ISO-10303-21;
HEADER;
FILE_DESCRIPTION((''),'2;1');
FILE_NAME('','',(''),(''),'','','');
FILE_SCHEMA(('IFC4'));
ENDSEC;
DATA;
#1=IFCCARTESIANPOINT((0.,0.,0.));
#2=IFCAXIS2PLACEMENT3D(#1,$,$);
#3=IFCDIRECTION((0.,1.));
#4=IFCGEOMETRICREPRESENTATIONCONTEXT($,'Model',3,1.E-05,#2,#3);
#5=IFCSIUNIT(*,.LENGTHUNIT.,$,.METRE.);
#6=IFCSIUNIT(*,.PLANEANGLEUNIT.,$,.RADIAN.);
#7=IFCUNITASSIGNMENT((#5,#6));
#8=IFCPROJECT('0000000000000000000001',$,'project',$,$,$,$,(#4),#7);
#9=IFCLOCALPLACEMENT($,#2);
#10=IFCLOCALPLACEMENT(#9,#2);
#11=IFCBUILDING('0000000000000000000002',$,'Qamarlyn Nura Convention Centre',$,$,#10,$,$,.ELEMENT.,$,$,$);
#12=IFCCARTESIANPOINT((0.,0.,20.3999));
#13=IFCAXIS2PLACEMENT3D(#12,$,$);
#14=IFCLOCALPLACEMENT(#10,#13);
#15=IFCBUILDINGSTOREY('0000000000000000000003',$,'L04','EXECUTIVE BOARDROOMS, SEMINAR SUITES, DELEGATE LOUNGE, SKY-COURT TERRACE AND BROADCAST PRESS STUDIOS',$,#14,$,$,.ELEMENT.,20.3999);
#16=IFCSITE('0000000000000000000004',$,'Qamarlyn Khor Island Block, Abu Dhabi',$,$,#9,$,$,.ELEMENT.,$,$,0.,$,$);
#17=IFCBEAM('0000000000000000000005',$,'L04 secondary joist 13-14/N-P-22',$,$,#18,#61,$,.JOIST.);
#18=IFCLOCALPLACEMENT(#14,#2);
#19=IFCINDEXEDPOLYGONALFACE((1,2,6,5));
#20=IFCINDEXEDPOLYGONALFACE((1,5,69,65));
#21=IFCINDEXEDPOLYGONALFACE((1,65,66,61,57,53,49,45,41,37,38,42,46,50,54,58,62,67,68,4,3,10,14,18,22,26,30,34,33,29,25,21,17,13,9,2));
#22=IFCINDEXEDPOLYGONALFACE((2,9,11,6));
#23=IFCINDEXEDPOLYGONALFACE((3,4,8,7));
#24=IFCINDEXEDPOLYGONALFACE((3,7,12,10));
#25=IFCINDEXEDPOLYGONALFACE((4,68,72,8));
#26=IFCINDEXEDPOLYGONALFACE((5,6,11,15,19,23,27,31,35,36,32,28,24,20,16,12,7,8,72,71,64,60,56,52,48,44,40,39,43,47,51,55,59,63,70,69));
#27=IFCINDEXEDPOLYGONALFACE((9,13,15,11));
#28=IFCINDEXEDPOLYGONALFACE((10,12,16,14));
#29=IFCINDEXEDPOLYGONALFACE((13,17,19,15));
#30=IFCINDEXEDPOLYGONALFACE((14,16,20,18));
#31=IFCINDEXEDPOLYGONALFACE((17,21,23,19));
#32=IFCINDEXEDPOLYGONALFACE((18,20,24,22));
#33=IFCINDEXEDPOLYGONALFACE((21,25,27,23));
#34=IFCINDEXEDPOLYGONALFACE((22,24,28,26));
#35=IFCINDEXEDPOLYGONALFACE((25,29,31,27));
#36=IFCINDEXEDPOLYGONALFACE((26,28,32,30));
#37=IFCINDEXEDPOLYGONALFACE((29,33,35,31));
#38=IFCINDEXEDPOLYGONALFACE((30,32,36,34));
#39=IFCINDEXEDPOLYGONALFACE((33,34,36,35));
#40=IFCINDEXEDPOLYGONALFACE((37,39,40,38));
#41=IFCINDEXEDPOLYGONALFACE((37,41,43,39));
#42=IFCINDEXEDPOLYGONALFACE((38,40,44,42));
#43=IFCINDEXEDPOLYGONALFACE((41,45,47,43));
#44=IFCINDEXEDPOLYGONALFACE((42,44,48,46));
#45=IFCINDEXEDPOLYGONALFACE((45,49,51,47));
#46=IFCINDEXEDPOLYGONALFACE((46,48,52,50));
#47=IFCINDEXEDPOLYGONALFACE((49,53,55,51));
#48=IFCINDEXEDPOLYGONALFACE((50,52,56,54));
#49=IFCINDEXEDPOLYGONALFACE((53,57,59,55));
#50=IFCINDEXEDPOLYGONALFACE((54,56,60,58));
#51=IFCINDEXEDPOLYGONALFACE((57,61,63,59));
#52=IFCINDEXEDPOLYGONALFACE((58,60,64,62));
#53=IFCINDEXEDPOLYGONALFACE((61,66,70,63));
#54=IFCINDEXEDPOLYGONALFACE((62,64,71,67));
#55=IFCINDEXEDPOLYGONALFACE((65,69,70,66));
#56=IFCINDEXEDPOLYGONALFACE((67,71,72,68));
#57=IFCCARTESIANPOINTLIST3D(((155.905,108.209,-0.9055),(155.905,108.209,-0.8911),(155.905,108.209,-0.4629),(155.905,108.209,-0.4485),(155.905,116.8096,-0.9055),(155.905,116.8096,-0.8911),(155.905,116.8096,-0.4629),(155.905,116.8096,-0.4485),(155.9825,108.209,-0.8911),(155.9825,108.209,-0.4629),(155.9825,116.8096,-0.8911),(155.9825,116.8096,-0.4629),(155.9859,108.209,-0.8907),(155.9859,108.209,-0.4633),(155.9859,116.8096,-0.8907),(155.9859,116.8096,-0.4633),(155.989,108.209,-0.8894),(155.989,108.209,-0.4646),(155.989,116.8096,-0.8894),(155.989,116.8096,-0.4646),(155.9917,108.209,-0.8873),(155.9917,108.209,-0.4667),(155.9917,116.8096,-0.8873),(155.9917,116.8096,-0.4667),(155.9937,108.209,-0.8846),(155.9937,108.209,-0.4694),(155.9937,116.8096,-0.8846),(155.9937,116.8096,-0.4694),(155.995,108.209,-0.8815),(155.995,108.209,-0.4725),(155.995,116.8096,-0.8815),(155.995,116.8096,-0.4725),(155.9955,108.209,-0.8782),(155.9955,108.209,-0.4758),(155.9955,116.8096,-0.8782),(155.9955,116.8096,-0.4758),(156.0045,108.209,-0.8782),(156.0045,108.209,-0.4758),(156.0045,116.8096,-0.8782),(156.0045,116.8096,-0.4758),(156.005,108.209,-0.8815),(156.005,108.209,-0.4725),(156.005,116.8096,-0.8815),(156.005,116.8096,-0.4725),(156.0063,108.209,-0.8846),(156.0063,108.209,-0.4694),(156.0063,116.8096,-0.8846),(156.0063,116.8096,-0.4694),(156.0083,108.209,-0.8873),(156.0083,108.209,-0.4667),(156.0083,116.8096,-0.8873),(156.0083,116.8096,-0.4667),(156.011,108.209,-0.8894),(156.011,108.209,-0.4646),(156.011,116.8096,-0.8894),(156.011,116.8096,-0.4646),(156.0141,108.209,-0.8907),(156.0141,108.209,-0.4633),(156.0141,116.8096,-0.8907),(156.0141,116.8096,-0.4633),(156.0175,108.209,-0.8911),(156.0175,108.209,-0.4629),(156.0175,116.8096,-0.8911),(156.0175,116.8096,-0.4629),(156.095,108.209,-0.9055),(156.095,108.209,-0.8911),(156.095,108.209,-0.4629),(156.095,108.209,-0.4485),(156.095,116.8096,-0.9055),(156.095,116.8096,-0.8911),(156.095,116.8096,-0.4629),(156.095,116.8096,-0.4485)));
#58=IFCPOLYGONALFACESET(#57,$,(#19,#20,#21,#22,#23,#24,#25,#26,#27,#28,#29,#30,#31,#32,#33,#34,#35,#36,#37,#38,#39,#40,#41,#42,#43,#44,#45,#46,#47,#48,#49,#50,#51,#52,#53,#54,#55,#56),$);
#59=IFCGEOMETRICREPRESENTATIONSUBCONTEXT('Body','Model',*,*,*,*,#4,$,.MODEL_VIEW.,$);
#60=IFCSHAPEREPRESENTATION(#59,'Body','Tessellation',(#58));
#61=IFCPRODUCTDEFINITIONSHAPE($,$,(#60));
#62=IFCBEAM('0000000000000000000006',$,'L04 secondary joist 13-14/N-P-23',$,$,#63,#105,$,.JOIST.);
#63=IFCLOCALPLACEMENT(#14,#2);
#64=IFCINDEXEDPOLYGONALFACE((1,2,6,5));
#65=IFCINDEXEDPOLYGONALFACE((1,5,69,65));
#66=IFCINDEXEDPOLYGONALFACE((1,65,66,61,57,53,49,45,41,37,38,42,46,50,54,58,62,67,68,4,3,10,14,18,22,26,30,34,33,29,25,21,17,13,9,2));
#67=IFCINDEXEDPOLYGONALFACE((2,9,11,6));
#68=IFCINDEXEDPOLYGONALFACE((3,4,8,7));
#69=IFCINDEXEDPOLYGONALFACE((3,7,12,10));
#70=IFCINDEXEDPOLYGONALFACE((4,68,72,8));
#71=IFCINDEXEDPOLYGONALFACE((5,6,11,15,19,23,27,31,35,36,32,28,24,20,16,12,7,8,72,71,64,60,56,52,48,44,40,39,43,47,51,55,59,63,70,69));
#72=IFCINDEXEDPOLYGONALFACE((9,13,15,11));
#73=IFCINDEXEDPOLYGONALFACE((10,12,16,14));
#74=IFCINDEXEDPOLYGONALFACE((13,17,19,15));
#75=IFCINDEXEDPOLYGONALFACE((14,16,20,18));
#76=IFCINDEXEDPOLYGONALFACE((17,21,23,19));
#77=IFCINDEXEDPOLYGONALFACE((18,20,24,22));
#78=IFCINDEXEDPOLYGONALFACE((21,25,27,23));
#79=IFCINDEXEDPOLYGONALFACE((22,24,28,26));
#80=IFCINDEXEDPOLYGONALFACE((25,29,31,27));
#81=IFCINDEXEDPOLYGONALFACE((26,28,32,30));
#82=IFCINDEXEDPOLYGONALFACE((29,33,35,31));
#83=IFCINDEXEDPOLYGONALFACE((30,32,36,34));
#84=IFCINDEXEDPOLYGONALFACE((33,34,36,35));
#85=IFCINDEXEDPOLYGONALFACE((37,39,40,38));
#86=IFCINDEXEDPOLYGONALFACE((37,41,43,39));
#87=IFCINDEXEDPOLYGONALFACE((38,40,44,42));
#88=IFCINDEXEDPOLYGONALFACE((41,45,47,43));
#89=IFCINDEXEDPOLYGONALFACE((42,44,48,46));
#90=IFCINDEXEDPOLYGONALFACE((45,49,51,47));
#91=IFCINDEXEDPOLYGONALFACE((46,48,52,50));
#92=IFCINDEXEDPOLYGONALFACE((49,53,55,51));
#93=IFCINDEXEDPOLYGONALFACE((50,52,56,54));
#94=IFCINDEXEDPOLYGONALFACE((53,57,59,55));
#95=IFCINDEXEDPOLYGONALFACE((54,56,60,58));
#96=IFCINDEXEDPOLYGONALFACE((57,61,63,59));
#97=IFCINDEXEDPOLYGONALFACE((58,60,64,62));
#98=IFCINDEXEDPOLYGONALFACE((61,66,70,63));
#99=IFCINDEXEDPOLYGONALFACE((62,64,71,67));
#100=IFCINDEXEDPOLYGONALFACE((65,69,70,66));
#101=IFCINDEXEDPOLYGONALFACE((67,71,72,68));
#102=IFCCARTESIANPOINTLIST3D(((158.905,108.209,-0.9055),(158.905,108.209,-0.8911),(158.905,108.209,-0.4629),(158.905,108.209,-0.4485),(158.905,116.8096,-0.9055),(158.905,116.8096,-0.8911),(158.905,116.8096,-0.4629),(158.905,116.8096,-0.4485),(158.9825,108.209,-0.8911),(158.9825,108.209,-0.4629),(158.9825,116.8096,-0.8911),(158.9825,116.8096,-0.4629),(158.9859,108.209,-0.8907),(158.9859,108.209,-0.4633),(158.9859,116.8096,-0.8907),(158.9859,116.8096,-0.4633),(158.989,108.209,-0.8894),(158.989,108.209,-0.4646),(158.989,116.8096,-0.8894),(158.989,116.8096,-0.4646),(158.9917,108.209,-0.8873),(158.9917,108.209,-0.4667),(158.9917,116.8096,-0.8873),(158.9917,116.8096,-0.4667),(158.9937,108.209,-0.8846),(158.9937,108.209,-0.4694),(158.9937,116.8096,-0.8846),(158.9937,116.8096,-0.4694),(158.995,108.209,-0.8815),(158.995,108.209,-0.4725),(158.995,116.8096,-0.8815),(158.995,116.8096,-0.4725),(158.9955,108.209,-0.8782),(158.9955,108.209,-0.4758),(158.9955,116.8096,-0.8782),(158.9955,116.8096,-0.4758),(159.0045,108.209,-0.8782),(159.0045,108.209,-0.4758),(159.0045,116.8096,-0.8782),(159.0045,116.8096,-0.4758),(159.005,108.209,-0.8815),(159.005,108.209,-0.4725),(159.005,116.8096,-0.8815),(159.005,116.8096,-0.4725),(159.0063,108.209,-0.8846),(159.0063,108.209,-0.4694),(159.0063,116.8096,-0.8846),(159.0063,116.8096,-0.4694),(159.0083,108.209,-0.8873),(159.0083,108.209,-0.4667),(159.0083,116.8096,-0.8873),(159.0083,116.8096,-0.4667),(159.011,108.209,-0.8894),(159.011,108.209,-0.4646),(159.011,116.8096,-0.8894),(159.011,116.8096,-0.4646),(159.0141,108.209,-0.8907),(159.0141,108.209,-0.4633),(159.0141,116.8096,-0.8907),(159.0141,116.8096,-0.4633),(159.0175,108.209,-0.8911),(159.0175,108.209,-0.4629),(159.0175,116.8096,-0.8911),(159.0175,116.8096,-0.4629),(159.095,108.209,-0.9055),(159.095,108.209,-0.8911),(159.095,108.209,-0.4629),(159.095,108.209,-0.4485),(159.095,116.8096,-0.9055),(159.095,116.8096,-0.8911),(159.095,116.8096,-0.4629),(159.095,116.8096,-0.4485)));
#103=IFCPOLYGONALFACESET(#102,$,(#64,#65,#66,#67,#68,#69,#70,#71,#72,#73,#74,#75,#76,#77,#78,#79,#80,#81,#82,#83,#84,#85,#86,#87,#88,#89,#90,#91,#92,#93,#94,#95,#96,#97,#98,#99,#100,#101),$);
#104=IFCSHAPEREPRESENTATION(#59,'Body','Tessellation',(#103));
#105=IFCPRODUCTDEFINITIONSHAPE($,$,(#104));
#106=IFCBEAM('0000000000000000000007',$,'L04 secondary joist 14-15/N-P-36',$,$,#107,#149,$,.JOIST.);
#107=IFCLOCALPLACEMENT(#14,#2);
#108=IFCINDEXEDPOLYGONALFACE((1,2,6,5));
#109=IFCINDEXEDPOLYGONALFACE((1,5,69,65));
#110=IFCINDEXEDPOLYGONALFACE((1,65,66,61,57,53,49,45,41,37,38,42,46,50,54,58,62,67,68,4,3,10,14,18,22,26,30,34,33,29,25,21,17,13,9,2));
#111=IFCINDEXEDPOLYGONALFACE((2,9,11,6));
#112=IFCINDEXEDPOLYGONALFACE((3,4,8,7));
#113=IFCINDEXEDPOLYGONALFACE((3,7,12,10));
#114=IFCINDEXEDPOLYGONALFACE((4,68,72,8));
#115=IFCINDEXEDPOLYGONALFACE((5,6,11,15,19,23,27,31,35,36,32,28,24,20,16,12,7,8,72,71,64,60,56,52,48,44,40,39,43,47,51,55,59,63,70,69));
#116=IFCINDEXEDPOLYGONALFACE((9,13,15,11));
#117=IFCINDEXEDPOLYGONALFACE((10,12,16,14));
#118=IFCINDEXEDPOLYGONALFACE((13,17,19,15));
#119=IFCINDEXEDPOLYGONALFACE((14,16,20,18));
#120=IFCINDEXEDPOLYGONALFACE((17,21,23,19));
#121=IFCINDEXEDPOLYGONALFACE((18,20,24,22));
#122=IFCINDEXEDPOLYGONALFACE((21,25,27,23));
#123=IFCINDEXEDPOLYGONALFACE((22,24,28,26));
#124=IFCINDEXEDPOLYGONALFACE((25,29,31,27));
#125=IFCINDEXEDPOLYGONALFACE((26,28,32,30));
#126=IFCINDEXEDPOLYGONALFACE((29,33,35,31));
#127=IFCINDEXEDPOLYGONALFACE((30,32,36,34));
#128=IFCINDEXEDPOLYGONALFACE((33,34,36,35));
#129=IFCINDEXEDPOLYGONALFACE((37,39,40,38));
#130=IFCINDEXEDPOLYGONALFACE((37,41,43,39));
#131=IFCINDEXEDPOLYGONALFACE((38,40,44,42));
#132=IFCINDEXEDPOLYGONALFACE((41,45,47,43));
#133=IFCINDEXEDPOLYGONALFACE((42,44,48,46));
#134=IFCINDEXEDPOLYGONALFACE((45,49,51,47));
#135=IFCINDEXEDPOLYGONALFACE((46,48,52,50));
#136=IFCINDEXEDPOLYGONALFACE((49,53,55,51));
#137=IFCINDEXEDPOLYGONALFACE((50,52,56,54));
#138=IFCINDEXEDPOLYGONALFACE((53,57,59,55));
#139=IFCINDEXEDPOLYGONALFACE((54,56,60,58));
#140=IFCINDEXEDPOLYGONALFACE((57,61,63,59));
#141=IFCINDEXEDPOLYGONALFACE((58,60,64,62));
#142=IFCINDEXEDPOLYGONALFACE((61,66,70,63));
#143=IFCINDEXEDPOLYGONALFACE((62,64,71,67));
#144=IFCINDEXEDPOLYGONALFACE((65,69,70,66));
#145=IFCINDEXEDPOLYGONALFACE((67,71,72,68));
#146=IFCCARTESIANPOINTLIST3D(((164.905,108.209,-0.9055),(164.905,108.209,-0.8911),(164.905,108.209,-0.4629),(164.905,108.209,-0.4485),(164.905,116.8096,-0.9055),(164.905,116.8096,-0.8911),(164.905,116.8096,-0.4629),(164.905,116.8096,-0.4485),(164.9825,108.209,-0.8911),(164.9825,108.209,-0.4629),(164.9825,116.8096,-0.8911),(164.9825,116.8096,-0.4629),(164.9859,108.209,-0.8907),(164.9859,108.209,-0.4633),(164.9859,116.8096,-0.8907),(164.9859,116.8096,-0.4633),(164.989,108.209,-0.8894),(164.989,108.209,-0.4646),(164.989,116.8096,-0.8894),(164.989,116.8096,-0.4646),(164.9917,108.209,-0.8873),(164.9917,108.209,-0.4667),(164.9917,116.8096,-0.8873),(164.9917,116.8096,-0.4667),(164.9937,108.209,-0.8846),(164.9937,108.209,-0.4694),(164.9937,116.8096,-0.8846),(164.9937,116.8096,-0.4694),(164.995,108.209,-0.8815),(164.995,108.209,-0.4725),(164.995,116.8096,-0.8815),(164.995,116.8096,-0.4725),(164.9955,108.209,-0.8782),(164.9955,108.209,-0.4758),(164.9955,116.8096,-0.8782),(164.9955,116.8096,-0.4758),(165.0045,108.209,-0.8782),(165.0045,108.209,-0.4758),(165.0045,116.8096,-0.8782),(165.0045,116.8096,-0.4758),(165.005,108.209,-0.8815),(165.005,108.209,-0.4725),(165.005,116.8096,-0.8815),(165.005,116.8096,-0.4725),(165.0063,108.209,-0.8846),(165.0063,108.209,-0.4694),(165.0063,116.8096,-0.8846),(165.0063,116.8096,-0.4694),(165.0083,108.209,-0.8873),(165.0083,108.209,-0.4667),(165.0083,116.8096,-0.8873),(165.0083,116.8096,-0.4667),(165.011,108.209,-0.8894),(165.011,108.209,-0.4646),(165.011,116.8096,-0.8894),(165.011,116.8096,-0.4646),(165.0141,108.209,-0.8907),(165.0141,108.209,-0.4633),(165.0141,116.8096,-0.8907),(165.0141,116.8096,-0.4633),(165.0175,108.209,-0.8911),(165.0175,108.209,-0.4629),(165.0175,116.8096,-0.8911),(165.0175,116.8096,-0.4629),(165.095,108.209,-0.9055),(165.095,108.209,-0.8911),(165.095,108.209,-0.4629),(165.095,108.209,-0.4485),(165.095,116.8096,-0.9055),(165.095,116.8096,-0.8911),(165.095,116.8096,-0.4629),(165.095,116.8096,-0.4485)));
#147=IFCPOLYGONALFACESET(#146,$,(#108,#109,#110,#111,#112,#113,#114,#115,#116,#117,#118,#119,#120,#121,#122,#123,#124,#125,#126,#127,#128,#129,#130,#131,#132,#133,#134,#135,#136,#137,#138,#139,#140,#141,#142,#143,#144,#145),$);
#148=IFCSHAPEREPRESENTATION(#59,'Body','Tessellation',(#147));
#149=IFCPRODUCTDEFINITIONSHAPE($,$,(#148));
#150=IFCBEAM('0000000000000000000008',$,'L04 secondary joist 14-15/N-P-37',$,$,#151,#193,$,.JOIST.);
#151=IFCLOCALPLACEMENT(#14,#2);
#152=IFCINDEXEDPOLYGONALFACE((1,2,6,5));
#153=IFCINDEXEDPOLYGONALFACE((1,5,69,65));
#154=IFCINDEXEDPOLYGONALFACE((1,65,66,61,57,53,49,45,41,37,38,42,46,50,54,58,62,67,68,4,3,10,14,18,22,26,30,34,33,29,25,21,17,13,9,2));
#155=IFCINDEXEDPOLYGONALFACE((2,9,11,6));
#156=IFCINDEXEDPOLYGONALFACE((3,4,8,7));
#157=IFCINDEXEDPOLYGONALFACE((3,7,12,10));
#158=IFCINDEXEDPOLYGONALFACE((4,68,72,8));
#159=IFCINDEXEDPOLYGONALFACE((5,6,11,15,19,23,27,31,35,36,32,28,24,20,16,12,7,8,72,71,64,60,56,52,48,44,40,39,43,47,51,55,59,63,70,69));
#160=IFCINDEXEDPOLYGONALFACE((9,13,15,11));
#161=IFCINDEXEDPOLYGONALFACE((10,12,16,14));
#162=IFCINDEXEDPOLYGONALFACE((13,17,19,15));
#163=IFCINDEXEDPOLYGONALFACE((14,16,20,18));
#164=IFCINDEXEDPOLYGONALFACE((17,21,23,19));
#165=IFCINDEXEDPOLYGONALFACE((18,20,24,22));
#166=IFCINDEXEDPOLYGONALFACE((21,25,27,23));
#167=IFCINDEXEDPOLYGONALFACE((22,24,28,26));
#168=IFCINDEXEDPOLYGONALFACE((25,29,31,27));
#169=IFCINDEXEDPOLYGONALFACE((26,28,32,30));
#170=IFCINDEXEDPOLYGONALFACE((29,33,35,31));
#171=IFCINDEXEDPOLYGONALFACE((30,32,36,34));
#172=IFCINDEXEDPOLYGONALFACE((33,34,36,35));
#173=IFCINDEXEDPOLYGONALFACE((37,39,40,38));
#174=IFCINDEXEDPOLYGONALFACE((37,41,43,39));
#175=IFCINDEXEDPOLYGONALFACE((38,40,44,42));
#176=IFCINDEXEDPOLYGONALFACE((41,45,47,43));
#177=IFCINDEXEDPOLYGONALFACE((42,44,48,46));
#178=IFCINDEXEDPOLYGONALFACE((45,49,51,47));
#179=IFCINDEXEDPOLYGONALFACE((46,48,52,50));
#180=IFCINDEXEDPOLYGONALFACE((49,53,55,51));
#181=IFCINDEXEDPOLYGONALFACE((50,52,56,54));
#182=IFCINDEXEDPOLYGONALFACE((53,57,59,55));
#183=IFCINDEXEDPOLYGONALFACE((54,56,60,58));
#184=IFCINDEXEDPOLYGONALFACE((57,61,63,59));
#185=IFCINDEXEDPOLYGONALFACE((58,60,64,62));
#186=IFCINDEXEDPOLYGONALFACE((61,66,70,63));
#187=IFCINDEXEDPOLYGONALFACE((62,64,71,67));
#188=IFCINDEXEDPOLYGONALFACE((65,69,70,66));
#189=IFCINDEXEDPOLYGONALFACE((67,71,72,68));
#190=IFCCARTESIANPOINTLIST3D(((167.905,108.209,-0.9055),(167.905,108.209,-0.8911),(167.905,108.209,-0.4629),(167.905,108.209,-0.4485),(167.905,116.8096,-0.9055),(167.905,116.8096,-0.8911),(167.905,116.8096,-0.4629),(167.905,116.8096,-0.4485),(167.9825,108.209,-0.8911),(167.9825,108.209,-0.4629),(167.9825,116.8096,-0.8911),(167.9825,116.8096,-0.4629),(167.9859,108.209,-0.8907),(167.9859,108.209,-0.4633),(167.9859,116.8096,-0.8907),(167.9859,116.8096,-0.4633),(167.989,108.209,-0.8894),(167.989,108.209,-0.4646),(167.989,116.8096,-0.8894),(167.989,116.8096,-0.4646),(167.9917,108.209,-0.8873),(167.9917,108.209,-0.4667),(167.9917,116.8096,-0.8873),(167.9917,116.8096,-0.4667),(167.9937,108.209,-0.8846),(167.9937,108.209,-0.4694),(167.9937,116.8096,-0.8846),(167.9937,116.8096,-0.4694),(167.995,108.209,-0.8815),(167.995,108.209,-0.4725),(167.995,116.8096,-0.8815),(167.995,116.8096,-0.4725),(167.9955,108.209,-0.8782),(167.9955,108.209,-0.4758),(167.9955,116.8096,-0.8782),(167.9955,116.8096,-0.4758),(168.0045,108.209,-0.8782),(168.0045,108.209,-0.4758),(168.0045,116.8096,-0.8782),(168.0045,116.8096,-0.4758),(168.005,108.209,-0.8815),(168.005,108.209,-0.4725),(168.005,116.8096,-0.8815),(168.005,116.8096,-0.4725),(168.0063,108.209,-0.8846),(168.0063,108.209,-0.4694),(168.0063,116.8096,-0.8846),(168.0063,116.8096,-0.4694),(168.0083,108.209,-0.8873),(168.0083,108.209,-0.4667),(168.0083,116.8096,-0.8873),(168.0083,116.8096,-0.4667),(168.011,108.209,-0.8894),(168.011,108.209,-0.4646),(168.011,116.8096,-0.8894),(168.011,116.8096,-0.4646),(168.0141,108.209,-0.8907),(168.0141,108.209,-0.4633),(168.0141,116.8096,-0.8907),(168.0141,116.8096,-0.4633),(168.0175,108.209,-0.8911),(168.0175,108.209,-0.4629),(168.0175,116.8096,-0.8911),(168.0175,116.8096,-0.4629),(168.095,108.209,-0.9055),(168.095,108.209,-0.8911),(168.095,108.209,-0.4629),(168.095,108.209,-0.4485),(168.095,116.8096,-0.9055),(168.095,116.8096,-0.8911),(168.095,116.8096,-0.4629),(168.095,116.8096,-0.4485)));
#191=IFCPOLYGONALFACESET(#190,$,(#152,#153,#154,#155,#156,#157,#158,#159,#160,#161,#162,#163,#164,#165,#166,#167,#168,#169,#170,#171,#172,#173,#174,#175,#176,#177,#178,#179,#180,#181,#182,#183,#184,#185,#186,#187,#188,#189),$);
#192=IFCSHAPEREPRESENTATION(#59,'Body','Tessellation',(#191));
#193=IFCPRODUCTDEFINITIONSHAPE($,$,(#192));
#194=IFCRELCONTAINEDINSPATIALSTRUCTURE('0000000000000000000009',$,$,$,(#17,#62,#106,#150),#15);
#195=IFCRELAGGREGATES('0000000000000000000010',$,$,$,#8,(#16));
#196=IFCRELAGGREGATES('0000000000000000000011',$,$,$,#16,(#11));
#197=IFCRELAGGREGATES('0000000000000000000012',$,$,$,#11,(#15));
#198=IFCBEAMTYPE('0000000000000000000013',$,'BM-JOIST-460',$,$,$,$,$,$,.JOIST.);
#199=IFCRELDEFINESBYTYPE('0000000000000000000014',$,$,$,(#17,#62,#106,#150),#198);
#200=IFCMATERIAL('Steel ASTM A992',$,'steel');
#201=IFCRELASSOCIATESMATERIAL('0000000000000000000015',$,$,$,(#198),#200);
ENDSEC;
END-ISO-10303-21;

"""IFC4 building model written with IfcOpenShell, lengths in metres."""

from ifc_helpers import new_model, si_unit, direction, frame, origin, origin_2d, place, context, subcontext, project, spatial, i_section, extrude, material, material_profile, profile_set, type_object, element, save


model = new_model("IFC4")

# Units and contexts
model_context = context("Model", 3, precision=1e-05, world=origin(), true_north=direction((0.0, 1.0)))
body_context = subcontext(model_context, "Body", "Model", "MODEL_VIEW")
ifc_project = project(units=[si_unit("LENGTHUNIT", "METRE"), si_unit("PLANEANGLEUNIT", "RADIAN")], contexts=[model_context])

# Site, building, storey
site_placement = place(None, origin())
site = spatial("IfcSite", under=ifc_project, at=site_placement, Name="Qamarlyn Khor Island Block, Abu Dhabi", CompositionType="ELEMENT", RefElevation=0.0)
building_placement = place(site_placement, origin())
building = spatial("IfcBuilding", under=site, at=building_placement, Name="Qamarlyn Nura Convention Centre", CompositionType="ELEMENT")
storey_placement = place(building_placement, frame((0.0, 0.0, 20.3999)))
storey = spatial("IfcBuildingStorey", under=building, at=storey_placement, Name="L04", Description="EXECUTIVE BOARDROOMS, SEMINAR SUITES, DELEGATE LOUNGE, SKY-COURT TERRACE AND BROADCAST PRESS STUDIOS", CompositionType="ELEMENT", Elevation=20.3999)

# Beams
ifc_material_1 = material(Name="Steel ASTM A992", Category="steel")
ifc_material_profile_1 = material_profile(ifc_material_1, i_section(OverallWidth=0.1899, OverallDepth=0.457, WebThickness=0.009, FlangeThickness=0.0144, FilletRadius=0.0129, at=origin_2d()), Name="W460X74")
ifc_profile_set_1 = profile_set([ifc_material_profile_1], Name="Steel ASTM A992")
beam_type_1 = type_object("IfcBeamType", Name="BM-JOIST-460", PredefinedType="JOIST", material=ifc_profile_set_1)
for number, where, z_axis, x_axis, name in (
    (1, (156.0, 108.209, -0.677), (0.0, 1.0, 0.0), (-1.0, 0.0, 0.0), "L04 secondary joist 13-14/N-P-22"),
    (2, (159.0, 108.209, -0.677), (0.0, 1.0, 0.0), (-1.0, 0.0, 0.0), "L04 secondary joist 13-14/N-P-23"),
    (3, (165.0, 108.209, -0.677), (0.0, 1.0, 0.0), (-1.0, 0.0, 0.0), "L04 secondary joist 14-15/N-P-36"),
    (4, (168.0, 108.209, -0.677), (0.0, 1.0, 0.0), (-1.0, 0.0, 0.0), "L04 secondary joist 14-15/N-P-37"),
):
    element("IfcBeam", number, at=place(storey_placement, frame(where, z_axis=z_axis, x_axis=x_axis)), inside=storey, type_object=beam_type_1, Name=name, PredefinedType="JOIST", context=body_context, shape_type="SweptSolid", body=[
        extrude(i_section(OverallWidth=0.1899, OverallDepth=0.457, WebThickness=0.009, FlangeThickness=0.0144, FilletRadius=0.0129, at=origin_2d()), origin(), (0.0, 0.0, 1.0), 8.6006),
    ])

save(model, "model.ifc")
